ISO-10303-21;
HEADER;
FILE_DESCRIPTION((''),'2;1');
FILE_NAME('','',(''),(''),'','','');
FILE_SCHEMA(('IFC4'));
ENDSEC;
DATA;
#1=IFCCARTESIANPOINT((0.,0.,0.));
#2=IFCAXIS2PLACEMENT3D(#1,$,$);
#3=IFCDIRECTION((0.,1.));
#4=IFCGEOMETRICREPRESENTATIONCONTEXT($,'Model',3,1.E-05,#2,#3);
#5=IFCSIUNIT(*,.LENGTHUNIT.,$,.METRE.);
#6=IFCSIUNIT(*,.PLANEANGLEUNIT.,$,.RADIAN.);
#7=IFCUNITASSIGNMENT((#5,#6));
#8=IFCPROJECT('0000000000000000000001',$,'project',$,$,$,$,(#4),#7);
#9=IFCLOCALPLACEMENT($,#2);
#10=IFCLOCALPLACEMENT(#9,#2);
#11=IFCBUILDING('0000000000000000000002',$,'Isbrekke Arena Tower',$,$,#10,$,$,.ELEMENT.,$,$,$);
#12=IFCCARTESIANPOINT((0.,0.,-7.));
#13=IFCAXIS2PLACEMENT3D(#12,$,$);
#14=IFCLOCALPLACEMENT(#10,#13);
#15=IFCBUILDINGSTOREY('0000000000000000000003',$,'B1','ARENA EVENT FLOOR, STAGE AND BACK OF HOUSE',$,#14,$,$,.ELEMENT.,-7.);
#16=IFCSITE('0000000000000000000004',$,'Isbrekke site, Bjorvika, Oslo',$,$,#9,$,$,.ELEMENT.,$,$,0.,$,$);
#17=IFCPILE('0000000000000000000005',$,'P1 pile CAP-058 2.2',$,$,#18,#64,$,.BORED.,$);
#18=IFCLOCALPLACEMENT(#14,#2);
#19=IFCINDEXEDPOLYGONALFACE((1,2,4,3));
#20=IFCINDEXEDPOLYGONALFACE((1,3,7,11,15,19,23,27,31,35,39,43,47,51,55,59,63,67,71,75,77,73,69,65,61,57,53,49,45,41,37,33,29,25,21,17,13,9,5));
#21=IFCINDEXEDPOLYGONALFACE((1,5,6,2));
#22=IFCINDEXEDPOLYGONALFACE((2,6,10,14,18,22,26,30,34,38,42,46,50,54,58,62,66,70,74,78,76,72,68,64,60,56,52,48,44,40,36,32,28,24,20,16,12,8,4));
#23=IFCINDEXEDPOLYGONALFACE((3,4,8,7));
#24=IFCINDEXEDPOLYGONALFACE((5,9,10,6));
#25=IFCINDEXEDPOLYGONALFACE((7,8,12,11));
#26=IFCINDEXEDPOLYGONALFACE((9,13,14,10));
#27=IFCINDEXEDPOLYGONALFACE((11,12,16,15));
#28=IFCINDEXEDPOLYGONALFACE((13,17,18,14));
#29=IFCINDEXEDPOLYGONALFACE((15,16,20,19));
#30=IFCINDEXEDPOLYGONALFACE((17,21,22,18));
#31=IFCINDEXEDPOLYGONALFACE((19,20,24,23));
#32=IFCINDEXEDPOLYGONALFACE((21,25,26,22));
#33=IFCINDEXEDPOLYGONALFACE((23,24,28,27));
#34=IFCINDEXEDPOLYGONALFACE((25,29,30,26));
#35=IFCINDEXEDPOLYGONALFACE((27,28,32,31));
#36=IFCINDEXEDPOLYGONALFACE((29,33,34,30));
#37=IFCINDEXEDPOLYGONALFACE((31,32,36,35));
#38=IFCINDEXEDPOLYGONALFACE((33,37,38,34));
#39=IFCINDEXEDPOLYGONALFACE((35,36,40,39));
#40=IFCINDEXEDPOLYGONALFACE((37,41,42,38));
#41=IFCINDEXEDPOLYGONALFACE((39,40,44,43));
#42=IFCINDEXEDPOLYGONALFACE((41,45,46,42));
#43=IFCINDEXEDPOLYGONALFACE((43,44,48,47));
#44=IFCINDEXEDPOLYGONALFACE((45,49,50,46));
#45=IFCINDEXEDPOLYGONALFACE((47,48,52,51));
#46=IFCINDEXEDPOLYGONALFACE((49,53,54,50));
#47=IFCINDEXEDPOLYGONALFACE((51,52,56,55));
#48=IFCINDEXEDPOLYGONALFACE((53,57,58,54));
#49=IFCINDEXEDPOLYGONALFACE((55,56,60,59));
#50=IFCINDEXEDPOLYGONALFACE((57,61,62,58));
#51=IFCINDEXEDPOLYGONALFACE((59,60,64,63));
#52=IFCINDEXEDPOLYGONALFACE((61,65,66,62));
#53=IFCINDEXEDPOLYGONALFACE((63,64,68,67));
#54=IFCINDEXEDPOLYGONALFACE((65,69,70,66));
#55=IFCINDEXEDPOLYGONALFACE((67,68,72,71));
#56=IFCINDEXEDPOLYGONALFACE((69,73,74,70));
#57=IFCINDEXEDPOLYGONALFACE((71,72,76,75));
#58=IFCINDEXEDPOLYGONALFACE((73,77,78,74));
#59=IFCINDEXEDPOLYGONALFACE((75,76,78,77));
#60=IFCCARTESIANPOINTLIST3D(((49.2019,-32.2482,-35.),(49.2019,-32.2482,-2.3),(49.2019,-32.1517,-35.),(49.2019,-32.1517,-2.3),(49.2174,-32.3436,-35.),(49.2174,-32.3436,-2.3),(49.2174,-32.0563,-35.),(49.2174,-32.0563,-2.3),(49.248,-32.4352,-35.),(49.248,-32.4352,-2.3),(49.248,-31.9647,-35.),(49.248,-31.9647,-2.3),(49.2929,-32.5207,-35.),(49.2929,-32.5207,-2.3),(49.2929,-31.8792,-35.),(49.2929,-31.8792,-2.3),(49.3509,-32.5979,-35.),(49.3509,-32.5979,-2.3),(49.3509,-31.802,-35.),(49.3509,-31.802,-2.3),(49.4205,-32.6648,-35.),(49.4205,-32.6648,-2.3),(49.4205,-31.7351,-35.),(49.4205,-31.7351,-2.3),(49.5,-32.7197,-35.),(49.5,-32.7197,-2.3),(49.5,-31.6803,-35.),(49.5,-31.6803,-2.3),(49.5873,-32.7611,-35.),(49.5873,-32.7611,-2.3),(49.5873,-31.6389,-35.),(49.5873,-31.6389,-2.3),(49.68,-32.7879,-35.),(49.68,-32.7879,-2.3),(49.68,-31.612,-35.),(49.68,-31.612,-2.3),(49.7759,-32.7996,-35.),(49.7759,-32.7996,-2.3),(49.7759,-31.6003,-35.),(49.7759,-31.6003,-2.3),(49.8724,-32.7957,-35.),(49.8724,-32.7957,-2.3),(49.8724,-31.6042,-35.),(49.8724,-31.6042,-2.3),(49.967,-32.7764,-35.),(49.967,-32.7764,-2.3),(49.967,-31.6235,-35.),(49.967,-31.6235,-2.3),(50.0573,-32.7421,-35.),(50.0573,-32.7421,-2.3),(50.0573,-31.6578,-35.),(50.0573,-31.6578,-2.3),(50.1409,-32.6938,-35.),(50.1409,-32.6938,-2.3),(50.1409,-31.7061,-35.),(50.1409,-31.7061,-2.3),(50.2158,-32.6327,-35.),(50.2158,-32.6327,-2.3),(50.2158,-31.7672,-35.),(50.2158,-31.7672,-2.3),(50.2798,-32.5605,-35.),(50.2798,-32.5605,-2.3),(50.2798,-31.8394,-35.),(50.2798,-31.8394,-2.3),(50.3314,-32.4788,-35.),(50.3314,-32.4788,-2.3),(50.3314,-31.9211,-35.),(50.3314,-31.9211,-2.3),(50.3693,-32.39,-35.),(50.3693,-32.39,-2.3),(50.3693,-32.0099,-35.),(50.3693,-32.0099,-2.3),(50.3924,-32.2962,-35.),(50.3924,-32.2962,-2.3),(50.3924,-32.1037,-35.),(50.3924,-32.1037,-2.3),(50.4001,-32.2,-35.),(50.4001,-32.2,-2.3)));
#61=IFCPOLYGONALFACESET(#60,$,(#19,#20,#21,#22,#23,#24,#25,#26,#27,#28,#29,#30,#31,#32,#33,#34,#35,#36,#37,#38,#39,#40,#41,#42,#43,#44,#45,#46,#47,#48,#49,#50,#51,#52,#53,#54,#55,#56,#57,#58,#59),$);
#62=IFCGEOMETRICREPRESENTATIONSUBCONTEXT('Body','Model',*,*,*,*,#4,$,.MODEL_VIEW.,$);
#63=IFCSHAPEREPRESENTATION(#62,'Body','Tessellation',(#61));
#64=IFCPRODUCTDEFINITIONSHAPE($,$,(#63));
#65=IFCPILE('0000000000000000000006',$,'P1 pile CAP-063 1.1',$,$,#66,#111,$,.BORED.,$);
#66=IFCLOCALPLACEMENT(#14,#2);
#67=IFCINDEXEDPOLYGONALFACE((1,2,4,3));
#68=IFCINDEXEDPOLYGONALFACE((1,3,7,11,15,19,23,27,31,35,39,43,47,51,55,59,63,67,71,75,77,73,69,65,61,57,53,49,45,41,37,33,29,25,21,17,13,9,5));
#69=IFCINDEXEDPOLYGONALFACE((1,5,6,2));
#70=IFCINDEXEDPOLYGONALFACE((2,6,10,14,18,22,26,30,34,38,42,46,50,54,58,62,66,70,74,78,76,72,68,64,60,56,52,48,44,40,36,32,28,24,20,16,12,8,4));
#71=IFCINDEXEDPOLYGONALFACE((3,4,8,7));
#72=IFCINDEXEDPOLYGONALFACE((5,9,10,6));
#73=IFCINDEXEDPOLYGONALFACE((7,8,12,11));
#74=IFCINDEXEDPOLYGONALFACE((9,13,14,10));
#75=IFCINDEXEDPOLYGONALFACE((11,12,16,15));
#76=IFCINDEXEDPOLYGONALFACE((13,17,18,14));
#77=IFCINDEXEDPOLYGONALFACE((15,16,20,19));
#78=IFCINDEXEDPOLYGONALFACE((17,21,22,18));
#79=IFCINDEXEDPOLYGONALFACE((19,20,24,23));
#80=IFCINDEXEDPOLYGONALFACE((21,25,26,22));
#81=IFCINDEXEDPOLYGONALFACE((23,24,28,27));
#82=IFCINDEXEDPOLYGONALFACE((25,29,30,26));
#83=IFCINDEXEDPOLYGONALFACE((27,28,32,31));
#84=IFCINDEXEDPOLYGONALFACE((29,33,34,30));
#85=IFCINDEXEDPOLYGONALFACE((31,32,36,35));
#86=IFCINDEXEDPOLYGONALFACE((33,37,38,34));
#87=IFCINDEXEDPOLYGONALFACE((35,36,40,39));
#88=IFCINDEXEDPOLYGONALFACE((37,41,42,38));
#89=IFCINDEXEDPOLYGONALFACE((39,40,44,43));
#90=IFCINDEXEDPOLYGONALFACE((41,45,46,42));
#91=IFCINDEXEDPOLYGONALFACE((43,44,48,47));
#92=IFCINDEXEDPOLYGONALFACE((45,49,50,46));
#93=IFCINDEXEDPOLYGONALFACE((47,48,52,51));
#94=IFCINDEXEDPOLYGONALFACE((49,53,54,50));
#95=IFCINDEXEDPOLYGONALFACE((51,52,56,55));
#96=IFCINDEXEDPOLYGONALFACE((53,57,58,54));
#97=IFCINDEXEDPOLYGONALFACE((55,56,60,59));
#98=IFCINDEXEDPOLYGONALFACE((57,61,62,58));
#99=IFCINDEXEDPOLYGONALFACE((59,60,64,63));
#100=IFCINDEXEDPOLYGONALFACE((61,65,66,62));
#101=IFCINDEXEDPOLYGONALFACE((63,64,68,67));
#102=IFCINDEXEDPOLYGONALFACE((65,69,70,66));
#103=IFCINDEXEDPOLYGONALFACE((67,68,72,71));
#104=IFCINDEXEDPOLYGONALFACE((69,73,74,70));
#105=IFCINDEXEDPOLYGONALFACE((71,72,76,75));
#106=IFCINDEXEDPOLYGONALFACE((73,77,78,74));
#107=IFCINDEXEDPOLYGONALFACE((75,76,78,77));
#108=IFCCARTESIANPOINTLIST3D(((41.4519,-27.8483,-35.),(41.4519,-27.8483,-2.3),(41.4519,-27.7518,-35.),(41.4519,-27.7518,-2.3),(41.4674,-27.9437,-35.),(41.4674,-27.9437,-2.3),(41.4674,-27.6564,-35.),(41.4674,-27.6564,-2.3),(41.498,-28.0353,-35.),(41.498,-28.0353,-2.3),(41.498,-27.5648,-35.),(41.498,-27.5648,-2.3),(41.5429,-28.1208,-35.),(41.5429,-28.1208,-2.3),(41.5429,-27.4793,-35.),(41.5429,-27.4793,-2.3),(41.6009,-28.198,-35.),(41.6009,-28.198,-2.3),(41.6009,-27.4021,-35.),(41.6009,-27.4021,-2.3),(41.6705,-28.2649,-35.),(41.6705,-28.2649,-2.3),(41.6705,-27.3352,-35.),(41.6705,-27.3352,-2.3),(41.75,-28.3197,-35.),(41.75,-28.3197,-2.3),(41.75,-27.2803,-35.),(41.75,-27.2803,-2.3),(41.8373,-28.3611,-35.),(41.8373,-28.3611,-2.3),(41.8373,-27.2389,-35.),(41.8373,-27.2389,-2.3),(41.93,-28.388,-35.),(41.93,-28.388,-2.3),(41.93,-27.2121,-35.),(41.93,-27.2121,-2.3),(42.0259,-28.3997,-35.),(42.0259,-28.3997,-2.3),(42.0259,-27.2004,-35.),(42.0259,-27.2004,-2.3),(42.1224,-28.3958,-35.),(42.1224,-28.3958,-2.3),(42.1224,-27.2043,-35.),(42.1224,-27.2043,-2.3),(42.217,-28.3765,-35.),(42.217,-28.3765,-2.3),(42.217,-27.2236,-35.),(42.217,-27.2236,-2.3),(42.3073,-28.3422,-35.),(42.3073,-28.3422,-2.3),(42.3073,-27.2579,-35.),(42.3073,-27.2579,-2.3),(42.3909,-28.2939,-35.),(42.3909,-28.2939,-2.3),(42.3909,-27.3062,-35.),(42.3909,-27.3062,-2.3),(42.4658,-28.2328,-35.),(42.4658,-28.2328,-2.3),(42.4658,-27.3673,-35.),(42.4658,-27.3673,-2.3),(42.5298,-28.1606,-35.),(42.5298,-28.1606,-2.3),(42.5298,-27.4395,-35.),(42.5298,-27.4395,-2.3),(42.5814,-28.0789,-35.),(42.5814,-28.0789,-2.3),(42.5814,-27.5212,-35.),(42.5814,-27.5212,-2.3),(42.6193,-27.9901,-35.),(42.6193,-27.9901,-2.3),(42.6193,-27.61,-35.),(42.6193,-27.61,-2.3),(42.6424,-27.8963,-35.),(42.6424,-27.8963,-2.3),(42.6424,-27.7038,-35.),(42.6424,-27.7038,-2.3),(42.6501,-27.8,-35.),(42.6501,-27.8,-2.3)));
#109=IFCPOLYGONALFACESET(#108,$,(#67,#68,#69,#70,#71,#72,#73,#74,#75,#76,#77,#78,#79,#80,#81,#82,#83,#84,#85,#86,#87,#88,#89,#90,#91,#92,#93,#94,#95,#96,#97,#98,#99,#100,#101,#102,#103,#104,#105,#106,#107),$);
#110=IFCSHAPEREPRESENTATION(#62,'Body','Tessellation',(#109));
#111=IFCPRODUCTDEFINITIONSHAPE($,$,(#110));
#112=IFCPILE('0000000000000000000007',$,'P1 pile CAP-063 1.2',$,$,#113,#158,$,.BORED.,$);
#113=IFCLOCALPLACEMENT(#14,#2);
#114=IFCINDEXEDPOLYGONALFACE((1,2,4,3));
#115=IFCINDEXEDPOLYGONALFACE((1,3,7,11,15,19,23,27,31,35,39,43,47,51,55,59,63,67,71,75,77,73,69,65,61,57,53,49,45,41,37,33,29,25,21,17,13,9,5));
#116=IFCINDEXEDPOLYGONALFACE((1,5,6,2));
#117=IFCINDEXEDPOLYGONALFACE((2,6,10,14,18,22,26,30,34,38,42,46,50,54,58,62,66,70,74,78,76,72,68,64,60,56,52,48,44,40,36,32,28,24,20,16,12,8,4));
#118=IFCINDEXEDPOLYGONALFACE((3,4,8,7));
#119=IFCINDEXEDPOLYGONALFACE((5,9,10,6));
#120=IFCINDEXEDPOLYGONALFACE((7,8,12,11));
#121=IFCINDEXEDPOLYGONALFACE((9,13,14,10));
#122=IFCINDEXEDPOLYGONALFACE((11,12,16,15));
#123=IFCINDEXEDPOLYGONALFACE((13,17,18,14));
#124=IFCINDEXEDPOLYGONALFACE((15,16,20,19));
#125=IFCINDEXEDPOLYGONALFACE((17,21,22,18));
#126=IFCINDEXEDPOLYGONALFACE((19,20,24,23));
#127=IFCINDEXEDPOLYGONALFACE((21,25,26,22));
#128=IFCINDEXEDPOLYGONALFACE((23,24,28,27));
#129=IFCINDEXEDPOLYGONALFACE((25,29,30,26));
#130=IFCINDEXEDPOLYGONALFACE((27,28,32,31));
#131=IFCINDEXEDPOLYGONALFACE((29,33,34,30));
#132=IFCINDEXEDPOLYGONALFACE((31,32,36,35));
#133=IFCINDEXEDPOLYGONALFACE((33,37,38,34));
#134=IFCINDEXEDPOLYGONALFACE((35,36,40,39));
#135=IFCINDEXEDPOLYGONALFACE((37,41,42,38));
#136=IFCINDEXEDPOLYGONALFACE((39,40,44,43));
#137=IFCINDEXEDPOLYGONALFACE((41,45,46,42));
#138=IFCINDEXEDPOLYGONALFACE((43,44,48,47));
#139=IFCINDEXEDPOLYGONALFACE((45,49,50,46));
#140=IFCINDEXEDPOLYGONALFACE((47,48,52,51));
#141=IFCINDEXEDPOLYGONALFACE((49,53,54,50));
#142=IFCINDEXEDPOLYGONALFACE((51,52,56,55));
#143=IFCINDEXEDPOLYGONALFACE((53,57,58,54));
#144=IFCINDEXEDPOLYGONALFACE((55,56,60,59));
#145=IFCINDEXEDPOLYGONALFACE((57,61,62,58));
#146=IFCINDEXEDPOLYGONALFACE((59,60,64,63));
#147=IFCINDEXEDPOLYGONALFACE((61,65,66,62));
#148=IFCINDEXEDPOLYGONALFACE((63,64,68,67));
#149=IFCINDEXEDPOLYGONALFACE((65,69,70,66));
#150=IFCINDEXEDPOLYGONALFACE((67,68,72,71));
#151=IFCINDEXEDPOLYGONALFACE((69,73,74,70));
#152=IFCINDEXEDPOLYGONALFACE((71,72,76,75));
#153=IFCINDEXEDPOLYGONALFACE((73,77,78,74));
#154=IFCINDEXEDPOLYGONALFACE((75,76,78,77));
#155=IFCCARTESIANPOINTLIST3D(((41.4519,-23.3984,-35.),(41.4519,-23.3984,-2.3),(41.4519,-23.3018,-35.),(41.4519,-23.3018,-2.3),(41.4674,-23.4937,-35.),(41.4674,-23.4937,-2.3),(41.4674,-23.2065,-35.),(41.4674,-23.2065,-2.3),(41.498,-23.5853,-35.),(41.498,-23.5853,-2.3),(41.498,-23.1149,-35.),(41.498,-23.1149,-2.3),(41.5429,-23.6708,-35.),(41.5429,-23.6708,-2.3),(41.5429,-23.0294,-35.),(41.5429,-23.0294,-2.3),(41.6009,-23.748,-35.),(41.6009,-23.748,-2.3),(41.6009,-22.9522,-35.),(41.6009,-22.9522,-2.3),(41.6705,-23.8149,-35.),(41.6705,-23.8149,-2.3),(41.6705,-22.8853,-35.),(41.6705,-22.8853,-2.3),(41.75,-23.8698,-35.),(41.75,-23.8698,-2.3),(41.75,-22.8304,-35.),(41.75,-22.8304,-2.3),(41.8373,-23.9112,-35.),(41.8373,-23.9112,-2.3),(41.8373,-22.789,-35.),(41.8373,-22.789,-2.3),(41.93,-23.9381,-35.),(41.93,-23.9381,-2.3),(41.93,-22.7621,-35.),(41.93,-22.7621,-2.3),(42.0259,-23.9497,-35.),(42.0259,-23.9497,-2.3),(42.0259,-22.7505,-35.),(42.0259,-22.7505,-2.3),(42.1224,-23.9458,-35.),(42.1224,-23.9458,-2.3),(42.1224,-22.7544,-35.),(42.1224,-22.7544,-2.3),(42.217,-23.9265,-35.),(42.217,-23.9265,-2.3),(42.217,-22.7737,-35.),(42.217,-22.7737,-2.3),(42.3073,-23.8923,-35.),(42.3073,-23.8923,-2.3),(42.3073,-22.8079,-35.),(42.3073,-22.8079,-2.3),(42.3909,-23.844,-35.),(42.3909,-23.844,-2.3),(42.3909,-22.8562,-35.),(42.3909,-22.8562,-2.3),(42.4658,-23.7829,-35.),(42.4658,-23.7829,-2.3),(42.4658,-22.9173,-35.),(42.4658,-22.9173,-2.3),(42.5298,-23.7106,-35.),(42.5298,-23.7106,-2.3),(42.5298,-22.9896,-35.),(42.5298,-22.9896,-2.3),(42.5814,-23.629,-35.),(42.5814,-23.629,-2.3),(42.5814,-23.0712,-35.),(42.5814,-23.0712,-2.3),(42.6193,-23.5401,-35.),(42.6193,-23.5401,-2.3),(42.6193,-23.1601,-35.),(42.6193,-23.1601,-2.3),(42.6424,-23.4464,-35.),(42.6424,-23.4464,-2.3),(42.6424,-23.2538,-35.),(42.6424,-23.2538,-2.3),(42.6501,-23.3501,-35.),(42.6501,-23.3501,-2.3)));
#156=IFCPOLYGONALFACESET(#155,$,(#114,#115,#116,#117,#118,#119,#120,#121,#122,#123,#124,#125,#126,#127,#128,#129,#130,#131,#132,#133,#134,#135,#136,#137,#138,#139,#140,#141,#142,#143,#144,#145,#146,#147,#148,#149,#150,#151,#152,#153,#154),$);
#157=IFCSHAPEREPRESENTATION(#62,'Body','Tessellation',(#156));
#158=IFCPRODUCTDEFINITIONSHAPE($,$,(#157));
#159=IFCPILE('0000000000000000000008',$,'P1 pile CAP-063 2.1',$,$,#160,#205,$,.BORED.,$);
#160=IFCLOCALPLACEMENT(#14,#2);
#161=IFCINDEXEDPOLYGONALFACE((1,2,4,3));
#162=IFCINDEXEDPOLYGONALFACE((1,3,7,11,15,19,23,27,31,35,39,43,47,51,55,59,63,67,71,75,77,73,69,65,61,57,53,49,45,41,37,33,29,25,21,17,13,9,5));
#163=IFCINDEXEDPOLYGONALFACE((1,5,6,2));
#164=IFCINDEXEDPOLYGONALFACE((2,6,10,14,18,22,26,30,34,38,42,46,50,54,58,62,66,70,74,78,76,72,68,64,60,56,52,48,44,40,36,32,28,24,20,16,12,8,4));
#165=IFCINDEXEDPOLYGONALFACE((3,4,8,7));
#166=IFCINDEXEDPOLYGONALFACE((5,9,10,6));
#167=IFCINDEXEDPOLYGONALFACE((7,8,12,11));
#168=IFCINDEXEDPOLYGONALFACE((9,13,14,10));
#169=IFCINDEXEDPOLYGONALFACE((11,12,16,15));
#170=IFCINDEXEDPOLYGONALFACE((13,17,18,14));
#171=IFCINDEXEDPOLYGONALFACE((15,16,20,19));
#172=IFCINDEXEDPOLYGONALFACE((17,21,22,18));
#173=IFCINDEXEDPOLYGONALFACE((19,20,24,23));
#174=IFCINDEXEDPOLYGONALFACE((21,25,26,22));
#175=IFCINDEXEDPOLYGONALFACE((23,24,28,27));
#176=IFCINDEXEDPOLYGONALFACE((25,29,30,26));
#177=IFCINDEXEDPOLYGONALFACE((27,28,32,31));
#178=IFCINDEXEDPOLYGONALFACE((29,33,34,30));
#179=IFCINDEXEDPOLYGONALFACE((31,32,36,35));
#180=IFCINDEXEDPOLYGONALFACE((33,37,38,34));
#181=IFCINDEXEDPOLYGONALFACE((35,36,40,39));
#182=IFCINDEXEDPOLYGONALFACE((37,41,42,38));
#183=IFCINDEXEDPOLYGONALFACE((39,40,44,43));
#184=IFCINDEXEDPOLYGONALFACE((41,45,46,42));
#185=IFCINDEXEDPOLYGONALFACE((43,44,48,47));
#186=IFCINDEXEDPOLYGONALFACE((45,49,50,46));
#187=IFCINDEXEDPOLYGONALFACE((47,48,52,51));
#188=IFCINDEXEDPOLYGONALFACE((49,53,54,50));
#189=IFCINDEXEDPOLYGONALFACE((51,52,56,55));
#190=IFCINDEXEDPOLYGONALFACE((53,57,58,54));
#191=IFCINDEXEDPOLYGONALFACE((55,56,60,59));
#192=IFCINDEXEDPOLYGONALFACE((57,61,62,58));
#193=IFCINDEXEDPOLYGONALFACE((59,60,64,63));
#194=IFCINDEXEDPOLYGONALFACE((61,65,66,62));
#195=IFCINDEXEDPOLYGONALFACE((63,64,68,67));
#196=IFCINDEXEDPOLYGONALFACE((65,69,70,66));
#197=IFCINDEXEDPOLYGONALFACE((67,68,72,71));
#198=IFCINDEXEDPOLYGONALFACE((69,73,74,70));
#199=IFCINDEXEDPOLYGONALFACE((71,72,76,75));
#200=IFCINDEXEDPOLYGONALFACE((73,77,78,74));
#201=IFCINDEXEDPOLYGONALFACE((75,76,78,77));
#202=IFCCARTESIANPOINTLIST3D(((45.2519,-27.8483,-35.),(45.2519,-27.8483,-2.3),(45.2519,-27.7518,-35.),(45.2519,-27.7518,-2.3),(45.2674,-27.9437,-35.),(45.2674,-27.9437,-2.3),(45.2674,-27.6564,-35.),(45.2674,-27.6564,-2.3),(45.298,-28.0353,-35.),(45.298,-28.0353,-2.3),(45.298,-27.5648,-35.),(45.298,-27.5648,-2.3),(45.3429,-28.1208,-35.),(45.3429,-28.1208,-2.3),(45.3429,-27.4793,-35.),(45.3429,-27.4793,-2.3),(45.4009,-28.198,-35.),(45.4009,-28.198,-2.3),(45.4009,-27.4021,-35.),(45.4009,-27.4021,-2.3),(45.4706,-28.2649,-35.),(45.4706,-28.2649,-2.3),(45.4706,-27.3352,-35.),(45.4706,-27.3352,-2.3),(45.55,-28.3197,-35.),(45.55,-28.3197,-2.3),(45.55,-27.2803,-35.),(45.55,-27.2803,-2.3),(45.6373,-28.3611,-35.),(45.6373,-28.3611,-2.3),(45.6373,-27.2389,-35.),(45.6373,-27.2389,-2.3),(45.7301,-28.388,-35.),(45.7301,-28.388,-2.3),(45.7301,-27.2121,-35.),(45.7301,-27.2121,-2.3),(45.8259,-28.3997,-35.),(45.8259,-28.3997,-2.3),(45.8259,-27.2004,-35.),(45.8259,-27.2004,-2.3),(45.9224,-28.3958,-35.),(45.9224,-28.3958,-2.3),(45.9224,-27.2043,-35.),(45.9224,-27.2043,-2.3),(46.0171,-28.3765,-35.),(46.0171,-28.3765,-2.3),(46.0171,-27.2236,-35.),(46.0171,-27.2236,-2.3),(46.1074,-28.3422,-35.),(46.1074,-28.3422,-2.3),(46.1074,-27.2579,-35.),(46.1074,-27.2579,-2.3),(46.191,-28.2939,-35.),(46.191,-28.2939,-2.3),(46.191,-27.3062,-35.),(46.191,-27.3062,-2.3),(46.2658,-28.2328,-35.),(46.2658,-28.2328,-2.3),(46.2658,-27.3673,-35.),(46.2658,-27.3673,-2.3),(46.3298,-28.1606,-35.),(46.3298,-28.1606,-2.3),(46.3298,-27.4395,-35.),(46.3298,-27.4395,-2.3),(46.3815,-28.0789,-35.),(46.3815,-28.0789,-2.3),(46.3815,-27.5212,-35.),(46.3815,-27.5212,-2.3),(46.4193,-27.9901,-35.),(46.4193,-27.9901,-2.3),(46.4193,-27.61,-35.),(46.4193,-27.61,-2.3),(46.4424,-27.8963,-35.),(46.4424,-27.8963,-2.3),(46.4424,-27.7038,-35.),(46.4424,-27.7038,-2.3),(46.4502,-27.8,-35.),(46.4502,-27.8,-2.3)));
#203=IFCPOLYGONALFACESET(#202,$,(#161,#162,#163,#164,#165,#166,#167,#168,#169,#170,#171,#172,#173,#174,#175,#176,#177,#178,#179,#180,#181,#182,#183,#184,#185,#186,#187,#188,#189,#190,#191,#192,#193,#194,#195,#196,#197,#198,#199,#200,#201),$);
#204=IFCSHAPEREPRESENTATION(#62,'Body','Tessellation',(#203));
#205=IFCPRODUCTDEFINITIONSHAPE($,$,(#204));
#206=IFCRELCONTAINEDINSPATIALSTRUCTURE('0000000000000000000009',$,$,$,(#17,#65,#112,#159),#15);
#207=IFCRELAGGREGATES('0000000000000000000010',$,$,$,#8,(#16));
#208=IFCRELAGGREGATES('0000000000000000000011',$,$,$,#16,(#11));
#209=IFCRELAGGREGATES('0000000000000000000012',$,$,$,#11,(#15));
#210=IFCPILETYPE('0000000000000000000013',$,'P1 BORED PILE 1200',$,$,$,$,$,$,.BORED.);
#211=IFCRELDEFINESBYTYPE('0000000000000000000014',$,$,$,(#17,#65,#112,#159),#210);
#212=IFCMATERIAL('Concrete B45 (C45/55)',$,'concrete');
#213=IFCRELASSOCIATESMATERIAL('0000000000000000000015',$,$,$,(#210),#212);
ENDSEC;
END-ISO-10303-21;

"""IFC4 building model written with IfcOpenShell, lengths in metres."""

from ifc_helpers import new_model, si_unit, direction, frame, origin, origin_2d, place, context, subcontext, project, spatial, circle, extrude, material, material_profile, profile_set, type_object, element, save


model = new_model("IFC4")

# Units and contexts
model_context = context("Model", 3, precision=1e-05, world=origin(), true_north=direction((0.0, 1.0)))
body_context = subcontext(model_context, "Body", "Model", "MODEL_VIEW")
ifc_project = project(units=[si_unit("LENGTHUNIT", "METRE"), si_unit("PLANEANGLEUNIT", "RADIAN")], contexts=[model_context])

# Site, building, storey
site_placement = place(None, origin())
site = spatial("IfcSite", under=ifc_project, at=site_placement, Name="Isbrekke site, Bjorvika, Oslo", CompositionType="ELEMENT", RefElevation=0.0)
building_placement = place(site_placement, origin())
building = spatial("IfcBuilding", under=site, at=building_placement, Name="Isbrekke Arena Tower", CompositionType="ELEMENT")
storey_placement = place(building_placement, frame((0.0, 0.0, -7.0)))
storey = spatial("IfcBuildingStorey", under=building, at=storey_placement, Name="B1", Description="ARENA EVENT FLOOR, STAGE AND BACK OF HOUSE", CompositionType="ELEMENT", Elevation=-7.0)

# Piles
ifc_material_1 = material(Name="Concrete B45 (C45/55)", Category="concrete")
ifc_material_profile_1 = material_profile(ifc_material_1, circle(Radius=0.6001, at=origin_2d()), Name="BORED PILE D1200")
ifc_profile_set_1 = profile_set([ifc_material_profile_1], Name="Concrete B45 (C45/55)")
pile_type = type_object("IfcPileType", Name="P1 BORED PILE 1200", PredefinedType="BORED", material=ifc_profile_set_1)
for number, where, z_axis, x_axis, name in (
    (1, (49.8, -32.2, -2.3), (0.0, 0.0, -1.0), (1.0, 0.0, 0.0), "P1 pile CAP-058 2.2"),
    (2, (42.05, -27.8, -2.3), (0.0, 0.0, -1.0), (1.0, 0.0, 0.0), "P1 pile CAP-063 1.1"),
    (3, (42.05, -23.3501, -2.3), (0.0, 0.0, -1.0), (1.0, 0.0, 0.0), "P1 pile CAP-063 1.2"),
    (4, (45.8501, -27.8, -2.3), (0.0, 0.0, -1.0), (1.0, 0.0, 0.0), "P1 pile CAP-063 2.1"),
):
    element("IfcPile", number, at=place(storey_placement, frame(where, z_axis=z_axis, x_axis=x_axis)), inside=storey, type_object=pile_type, Name=name, PredefinedType="BORED", context=body_context, shape_type="SweptSolid", body=[
        extrude(circle(Radius=0.6001, at=origin_2d()), origin(), (0.0, 0.0, 1.0), 32.7),
    ])

save(model, "model.ifc")
